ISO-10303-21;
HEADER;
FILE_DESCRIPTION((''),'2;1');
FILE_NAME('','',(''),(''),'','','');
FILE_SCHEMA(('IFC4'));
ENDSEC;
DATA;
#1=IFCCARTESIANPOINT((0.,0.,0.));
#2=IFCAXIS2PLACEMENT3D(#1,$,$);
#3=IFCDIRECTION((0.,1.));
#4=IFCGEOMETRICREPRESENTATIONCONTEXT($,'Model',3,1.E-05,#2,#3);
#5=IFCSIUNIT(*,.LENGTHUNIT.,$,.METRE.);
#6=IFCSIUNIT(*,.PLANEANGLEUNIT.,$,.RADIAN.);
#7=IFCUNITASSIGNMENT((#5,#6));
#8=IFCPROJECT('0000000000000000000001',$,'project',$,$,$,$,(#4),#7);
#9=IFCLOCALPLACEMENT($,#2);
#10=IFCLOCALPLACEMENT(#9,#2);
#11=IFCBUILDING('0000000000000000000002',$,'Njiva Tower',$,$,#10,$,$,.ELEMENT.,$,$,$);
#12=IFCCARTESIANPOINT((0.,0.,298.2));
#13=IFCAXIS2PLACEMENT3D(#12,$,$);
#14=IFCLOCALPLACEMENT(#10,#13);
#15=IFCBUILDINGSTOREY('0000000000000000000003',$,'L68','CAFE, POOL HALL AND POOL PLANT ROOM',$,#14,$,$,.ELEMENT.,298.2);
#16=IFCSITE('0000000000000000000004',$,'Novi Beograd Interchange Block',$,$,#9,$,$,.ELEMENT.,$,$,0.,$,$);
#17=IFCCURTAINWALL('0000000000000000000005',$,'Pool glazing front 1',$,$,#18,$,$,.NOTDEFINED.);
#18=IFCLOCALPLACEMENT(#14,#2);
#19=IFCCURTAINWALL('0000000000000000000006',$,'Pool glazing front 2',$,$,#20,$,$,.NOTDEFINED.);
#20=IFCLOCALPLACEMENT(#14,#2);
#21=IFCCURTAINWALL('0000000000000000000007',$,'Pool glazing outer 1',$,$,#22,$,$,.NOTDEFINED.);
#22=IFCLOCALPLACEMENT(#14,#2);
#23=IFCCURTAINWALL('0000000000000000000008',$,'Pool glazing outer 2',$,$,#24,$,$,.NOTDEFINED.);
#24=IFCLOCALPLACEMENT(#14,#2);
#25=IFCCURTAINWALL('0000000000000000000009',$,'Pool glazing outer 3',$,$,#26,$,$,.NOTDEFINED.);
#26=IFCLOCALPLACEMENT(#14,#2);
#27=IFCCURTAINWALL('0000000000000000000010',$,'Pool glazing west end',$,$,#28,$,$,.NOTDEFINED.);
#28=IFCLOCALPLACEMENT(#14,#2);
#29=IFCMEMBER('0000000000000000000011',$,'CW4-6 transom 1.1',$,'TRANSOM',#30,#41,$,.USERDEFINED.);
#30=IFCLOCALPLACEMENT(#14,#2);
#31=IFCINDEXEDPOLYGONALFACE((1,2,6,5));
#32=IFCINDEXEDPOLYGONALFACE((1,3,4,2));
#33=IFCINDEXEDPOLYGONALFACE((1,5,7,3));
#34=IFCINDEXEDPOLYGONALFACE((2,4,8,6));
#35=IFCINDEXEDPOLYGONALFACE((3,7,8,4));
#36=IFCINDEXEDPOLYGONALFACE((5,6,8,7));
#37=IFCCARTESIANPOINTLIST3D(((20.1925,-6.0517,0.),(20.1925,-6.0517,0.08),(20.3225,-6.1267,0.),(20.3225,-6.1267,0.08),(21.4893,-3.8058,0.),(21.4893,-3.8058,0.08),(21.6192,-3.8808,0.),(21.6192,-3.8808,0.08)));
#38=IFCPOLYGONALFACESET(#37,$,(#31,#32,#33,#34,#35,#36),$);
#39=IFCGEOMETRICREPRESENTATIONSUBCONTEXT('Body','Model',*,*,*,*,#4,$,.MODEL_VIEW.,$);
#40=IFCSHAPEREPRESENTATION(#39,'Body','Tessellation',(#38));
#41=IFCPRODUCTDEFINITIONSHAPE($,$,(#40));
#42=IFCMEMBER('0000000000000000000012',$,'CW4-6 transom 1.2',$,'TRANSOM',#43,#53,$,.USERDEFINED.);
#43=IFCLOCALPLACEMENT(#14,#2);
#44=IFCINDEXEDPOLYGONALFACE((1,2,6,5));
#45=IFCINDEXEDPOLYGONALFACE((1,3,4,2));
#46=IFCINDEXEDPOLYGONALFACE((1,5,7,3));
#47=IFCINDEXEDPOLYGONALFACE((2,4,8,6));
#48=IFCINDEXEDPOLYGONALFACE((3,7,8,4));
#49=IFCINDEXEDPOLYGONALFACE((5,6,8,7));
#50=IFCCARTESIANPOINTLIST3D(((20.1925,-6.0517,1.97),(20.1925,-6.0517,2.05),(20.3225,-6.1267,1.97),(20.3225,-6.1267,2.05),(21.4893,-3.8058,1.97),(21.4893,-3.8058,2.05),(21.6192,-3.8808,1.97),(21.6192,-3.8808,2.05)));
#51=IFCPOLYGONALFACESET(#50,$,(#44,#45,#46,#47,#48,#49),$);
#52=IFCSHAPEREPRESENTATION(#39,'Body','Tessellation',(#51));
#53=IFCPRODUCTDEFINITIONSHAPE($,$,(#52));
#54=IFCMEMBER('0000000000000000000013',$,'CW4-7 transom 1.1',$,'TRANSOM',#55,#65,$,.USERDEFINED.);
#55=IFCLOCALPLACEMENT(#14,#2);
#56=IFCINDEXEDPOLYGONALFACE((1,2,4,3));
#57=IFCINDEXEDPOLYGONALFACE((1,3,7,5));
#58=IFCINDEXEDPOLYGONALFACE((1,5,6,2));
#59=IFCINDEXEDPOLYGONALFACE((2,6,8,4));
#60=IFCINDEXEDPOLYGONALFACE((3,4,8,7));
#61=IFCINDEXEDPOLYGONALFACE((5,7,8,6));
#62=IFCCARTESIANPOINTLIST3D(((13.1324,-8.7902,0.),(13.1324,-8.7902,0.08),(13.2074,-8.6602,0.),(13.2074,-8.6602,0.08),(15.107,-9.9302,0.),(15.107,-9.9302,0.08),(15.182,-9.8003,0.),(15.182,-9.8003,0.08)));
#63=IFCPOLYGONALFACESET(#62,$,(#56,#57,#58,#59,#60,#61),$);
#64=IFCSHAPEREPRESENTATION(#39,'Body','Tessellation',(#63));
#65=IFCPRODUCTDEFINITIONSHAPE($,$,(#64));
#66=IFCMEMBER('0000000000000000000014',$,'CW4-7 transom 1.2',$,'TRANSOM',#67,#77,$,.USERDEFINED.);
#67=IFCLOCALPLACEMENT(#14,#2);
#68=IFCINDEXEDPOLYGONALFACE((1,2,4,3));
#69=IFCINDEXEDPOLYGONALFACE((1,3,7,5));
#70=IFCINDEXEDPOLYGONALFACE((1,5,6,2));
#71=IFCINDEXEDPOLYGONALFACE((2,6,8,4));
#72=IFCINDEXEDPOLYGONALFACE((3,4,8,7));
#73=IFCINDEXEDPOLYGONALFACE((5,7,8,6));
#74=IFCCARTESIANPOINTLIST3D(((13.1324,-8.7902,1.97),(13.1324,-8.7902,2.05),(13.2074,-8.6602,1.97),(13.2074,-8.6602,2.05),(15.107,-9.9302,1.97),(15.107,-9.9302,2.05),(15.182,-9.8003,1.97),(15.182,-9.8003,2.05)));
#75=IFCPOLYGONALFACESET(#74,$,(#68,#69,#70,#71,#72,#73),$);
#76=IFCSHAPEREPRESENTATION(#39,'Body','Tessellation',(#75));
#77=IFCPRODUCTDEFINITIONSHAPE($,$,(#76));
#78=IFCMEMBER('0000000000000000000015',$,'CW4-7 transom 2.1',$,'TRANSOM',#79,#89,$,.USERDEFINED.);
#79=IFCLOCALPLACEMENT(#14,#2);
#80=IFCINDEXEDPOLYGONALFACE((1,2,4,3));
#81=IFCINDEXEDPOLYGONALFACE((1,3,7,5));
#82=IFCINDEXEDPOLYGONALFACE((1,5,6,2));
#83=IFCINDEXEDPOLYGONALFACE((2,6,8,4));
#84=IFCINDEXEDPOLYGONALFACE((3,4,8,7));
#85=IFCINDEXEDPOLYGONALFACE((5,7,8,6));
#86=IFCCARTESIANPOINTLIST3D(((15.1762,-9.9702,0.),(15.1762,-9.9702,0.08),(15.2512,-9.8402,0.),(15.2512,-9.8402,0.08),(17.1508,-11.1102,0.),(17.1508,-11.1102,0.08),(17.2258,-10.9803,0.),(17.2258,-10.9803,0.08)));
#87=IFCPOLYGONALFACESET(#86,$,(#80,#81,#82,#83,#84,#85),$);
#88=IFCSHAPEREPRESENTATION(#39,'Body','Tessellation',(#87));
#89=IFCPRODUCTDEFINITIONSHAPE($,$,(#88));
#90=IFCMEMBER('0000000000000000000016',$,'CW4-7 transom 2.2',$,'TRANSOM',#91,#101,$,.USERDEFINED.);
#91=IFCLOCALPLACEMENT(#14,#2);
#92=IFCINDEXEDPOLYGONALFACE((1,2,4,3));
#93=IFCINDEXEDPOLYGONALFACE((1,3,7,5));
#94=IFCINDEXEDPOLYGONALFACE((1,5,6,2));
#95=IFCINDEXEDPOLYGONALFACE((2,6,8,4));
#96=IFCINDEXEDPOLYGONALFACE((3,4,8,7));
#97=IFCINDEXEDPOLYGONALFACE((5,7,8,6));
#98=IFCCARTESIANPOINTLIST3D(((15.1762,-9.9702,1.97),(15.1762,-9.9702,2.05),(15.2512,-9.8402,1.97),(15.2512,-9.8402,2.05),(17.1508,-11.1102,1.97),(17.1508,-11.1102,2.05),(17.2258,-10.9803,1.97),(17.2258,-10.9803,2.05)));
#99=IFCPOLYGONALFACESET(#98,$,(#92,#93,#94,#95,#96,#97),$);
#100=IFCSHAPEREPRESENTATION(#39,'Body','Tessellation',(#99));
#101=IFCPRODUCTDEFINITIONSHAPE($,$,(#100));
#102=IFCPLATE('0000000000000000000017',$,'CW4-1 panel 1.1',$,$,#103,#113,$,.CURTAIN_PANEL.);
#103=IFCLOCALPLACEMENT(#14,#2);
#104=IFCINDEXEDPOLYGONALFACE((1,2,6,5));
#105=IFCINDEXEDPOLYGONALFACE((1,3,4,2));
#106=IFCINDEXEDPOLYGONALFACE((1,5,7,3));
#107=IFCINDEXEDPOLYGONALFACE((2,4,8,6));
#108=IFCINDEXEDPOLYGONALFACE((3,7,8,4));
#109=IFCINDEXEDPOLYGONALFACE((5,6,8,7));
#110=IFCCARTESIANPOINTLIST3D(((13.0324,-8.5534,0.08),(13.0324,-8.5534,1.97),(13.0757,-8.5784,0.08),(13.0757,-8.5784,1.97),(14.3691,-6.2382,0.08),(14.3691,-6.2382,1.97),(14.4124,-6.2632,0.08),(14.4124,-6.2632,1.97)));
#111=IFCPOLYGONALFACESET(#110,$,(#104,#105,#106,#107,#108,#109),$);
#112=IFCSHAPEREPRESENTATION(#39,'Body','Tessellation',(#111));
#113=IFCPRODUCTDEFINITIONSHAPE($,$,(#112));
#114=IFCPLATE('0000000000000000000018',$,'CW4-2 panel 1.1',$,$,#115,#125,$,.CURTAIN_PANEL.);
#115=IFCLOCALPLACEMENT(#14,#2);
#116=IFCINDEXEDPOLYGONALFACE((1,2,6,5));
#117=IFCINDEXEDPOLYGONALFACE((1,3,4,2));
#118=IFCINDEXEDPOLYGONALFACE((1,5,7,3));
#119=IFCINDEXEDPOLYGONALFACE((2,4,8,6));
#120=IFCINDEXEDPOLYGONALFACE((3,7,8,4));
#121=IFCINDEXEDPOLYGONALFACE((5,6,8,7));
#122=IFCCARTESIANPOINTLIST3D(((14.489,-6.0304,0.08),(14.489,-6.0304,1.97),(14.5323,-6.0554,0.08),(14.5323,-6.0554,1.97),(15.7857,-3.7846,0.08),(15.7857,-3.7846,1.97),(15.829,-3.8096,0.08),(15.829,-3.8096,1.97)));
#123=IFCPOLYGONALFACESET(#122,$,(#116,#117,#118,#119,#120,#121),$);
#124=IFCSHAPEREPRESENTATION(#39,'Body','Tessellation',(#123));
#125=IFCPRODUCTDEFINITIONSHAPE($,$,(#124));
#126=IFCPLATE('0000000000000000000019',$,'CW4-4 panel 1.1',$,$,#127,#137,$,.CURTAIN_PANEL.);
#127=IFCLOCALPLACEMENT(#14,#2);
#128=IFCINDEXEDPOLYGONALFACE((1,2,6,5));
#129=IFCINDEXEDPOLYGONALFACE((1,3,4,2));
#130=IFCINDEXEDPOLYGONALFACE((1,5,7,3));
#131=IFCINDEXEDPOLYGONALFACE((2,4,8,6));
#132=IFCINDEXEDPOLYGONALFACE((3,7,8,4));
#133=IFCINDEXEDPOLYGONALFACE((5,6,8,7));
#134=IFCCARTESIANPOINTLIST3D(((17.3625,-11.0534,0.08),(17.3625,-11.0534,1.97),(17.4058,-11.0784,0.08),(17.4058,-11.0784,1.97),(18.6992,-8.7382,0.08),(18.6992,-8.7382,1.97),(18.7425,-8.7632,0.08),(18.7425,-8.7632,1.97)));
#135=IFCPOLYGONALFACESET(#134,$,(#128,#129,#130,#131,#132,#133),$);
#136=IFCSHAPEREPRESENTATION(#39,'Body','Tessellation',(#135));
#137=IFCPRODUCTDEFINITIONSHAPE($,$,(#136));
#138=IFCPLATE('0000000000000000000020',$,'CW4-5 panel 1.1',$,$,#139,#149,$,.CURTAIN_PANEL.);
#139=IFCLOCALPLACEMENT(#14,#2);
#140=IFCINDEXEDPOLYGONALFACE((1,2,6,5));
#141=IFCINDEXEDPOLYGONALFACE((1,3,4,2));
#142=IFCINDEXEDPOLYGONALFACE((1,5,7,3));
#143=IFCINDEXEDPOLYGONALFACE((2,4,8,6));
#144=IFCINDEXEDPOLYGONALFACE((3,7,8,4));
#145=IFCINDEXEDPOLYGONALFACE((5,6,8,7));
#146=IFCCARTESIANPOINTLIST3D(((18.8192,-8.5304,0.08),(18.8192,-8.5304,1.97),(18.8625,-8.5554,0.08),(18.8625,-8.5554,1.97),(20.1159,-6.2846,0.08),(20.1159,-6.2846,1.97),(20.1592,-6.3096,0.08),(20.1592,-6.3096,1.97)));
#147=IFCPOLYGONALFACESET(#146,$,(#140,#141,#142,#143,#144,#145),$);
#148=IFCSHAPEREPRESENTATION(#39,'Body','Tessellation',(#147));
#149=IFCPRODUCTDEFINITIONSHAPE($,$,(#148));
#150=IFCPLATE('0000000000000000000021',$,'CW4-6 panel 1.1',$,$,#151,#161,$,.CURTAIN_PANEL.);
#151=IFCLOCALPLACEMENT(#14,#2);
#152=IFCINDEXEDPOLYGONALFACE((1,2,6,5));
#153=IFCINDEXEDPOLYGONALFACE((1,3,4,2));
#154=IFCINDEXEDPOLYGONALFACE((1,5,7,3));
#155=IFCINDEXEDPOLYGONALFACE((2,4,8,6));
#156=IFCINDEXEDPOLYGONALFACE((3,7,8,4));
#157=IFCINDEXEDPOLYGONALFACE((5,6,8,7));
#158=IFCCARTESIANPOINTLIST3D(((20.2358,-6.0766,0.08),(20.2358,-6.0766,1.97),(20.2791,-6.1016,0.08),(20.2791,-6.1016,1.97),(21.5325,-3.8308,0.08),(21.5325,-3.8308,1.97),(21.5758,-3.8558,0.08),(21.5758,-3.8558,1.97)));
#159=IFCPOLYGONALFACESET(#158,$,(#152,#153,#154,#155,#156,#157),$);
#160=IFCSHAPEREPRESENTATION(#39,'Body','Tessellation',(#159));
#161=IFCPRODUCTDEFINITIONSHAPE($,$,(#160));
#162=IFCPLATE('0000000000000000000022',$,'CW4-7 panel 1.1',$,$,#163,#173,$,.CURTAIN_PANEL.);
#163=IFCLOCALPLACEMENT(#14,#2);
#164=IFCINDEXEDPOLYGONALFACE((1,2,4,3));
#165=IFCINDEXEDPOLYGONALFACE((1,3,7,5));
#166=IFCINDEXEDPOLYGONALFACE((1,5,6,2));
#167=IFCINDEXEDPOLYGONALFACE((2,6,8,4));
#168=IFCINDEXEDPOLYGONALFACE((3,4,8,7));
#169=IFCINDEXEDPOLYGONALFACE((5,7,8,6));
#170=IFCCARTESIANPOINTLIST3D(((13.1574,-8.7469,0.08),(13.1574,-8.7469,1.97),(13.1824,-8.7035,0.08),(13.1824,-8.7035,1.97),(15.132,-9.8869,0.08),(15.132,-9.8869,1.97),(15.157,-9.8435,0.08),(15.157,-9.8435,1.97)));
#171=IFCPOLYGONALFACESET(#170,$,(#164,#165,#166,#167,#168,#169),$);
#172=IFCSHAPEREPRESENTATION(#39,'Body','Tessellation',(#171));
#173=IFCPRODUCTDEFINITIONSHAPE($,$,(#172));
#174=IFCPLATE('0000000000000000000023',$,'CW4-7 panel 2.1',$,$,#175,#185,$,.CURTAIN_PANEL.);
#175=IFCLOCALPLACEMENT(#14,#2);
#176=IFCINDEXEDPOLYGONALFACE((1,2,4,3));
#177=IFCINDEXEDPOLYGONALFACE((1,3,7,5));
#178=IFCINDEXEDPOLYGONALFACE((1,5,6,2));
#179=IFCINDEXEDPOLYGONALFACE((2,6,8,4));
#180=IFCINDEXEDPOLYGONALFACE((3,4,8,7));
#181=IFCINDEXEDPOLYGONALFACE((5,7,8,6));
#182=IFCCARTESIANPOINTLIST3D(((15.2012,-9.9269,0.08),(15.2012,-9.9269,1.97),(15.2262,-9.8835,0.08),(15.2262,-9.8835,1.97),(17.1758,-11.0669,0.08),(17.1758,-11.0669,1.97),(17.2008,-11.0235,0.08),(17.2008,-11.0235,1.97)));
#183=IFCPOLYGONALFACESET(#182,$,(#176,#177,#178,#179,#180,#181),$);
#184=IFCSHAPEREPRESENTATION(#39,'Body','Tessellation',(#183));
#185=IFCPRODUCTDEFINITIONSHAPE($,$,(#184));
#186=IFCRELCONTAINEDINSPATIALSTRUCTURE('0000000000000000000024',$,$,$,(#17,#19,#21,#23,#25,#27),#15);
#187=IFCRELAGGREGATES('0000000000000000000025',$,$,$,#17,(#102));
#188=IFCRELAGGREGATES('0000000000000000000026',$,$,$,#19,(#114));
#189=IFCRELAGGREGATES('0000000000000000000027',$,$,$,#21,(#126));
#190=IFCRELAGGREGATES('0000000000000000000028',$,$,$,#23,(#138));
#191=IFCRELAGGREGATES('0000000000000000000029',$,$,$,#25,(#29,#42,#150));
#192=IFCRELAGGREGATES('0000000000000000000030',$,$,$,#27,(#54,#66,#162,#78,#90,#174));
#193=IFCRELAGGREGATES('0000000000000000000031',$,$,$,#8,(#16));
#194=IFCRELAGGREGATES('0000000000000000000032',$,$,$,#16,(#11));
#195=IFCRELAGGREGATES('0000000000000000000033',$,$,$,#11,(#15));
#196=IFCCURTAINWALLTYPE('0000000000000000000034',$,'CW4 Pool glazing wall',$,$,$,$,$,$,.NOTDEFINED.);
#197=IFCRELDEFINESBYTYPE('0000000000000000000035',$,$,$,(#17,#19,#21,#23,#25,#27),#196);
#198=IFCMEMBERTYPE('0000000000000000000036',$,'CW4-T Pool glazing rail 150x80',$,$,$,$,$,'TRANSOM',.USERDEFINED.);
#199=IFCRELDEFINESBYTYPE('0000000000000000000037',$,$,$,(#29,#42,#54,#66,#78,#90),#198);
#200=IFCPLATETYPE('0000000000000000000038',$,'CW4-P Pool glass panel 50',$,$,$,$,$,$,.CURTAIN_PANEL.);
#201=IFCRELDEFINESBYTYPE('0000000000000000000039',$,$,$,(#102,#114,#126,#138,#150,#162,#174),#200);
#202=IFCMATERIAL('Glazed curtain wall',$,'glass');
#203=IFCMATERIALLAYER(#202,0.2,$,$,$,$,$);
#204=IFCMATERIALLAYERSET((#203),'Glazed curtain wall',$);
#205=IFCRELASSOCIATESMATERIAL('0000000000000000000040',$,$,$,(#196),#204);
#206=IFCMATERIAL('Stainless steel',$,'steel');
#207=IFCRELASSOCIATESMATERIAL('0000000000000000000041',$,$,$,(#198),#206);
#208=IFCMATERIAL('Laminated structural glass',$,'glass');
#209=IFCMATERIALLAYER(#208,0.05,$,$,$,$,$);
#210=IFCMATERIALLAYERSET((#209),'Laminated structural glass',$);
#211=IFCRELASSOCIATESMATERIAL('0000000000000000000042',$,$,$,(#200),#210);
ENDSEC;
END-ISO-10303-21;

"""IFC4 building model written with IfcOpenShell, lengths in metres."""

from ifc_helpers import new_model, si_unit, direction, frame, origin, origin_2d, place, context, subcontext, project, spatial, rectangle, extrude, material, layer, layer_set, material_profile, profile_set, type_object, element, aggregate, save


model = new_model("IFC4")

# Units and contexts
model_context = context("Model", 3, precision=1e-05, world=origin(), true_north=direction((0.0, 1.0)))
body_context = subcontext(model_context, "Body", "Model", "MODEL_VIEW")
ifc_project = project(units=[si_unit("LENGTHUNIT", "METRE"), si_unit("PLANEANGLEUNIT", "RADIAN")], contexts=[model_context])

# Site, building, storey
site_placement = place(None, origin())
site = spatial("IfcSite", under=ifc_project, at=site_placement, Name="Novi Beograd Interchange Block", CompositionType="ELEMENT", RefElevation=0.0)
building_placement = place(site_placement, origin())
building = spatial("IfcBuilding", under=site, at=building_placement, Name="Njiva Tower", CompositionType="ELEMENT")
storey_placement = place(building_placement, frame((0.0, 0.0, 298.2)))
storey = spatial("IfcBuildingStorey", under=building, at=storey_placement, Name="L68", Description="CAFE, POOL HALL AND POOL PLANT ROOM", CompositionType="ELEMENT", Elevation=298.2)

# Curtain wall
ifc_material_1 = material(Name="Glazed curtain wall", Category="glass")
ifc_layer_1 = layer(ifc_material_1, 0.2)
ifc_layer_set_1 = layer_set([ifc_layer_1], Name="Glazed curtain wall")
curtain_wall_type = type_object("IfcCurtainWallType", Name="CW4 Pool glazing wall", PredefinedType="NOTDEFINED", material=ifc_layer_set_1)
curtain_wall_1_placement = place(storey_placement, origin())
curtain_wall_1 = element("IfcCurtainWall", 1, at=curtain_wall_1_placement, inside=storey, type_object=curtain_wall_type, Name="Pool glazing front 1", PredefinedType="NOTDEFINED")
ifc_material_2 = material(Name="Stainless steel", Category="steel")

# Curtain wall
curtain_wall_2_placement = place(storey_placement, origin())
curtain_wall_2 = element("IfcCurtainWall", 2, at=curtain_wall_2_placement, inside=storey, type_object=curtain_wall_type, Name="Pool glazing front 2", PredefinedType="NOTDEFINED")

# Curtain walls
curtain_wall_3_placement = place(storey_placement, origin())
curtain_wall_3 = element("IfcCurtainWall", 3, at=curtain_wall_3_placement, inside=storey, type_object=curtain_wall_type, Name="Pool glazing outer 1", PredefinedType="NOTDEFINED")
curtain_wall_4_placement = place(storey_placement, origin())
curtain_wall_4 = element("IfcCurtainWall", 4, at=curtain_wall_4_placement, inside=storey, type_object=curtain_wall_type, Name="Pool glazing outer 2", PredefinedType="NOTDEFINED")
curtain_wall_5_placement = place(storey_placement, origin())
curtain_wall_5 = element("IfcCurtainWall", 5, at=curtain_wall_5_placement, inside=storey, type_object=curtain_wall_type, Name="Pool glazing outer 3", PredefinedType="NOTDEFINED")
curtain_wall_6_placement = place(storey_placement, origin())
curtain_wall_6 = element("IfcCurtainWall", 6, at=curtain_wall_6_placement, inside=storey, type_object=curtain_wall_type, Name="Pool glazing west end", PredefinedType="NOTDEFINED")

# Members
ifc_material_profile_1 = material_profile(ifc_material_2, rectangle(XDim=0.15, YDim=0.08, at=origin_2d()), Name="RECT 150x80")
ifc_profile_set_1 = profile_set([ifc_material_profile_1], Name="Stainless steel")
member_type_1 = type_object("IfcMemberType", Name="CW4-T Pool glazing rail 150x80", ElementType="TRANSOM", PredefinedType="USERDEFINED", material=ifc_profile_set_1)
member_1_placement = place(storey_placement, frame((20.2575, -6.0892, 0.04), z_axis=(0.500008, 0.866021, 0.0), x_axis=(-0.866021, 0.500008, 0.0)))
member_1 = element("IfcMember", 7, at=member_1_placement, type_object=member_type_1, Name="CW4-6 transom 1.1", ObjectType="TRANSOM", PredefinedType="USERDEFINED", context=body_context, shape_type="SweptSolid", body=[
    extrude(rectangle(XDim=0.15, YDim=0.08, at=origin_2d()), origin(), (0.0, 0.0, 1.0), 2.5934),
])
member_2_placement = place(storey_placement, frame((20.2575, -6.0892, 2.01), z_axis=(0.500008, 0.866021, 0.0), x_axis=(-0.866021, 0.500008, 0.0)))
member_2 = element("IfcMember", 8, at=member_2_placement, type_object=member_type_1, Name="CW4-6 transom 1.2", ObjectType="TRANSOM", PredefinedType="USERDEFINED", context=body_context, shape_type="SweptSolid", body=[
    extrude(rectangle(XDim=0.15, YDim=0.08, at=origin_2d()), origin(), (0.0, 0.0, 1.0), 2.5934),
])
member_3_placement = place(storey_placement, frame((13.1699, -8.7252, 0.04), z_axis=(0.866032, -0.499988, 0.0), x_axis=(0.499988, 0.866032, 0.0)))
member_3 = element("IfcMember", 9, at=member_3_placement, type_object=member_type_1, Name="CW4-7 transom 1.1", ObjectType="TRANSOM", PredefinedType="USERDEFINED", context=body_context, shape_type="SweptSolid", body=[
    extrude(rectangle(XDim=0.15, YDim=0.08, at=origin_2d()), origin(), (0.0, 0.0, 1.0), 2.2801),
])
member_4_placement = place(storey_placement, frame((13.1699, -8.7252, 2.01), z_axis=(0.866032, -0.499988, 0.0), x_axis=(0.499988, 0.866032, 0.0)))
member_4 = element("IfcMember", 10, at=member_4_placement, type_object=member_type_1, Name="CW4-7 transom 1.2", ObjectType="TRANSOM", PredefinedType="USERDEFINED", context=body_context, shape_type="SweptSolid", body=[
    extrude(rectangle(XDim=0.15, YDim=0.08, at=origin_2d()), origin(), (0.0, 0.0, 1.0), 2.2801),
])
member_5_placement = place(storey_placement, frame((15.2137, -9.9052, 0.04), z_axis=(0.866032, -0.499988, 0.0), x_axis=(0.499988, 0.866032, 0.0)))
member_5 = element("IfcMember", 11, at=member_5_placement, type_object=member_type_1, Name="CW4-7 transom 2.1", ObjectType="TRANSOM", PredefinedType="USERDEFINED", context=body_context, shape_type="SweptSolid", body=[
    extrude(rectangle(XDim=0.15, YDim=0.08, at=origin_2d()), origin(), (0.0, 0.0, 1.0), 2.2801),
])
member_6_placement = place(storey_placement, frame((15.2137, -9.9052, 2.01), z_axis=(0.866032, -0.499988, 0.0), x_axis=(0.499988, 0.866032, 0.0)))
member_6 = element("IfcMember", 12, at=member_6_placement, type_object=member_type_1, Name="CW4-7 transom 2.2", ObjectType="TRANSOM", PredefinedType="USERDEFINED", context=body_context, shape_type="SweptSolid", body=[
    extrude(rectangle(XDim=0.15, YDim=0.08, at=origin_2d()), origin(), (0.0, 0.0, 1.0), 2.2801),
])

# Plates
ifc_material_3 = material(Name="Laminated structural glass", Category="glass")
ifc_layer_2 = layer(ifc_material_3, 0.05)
ifc_layer_set_2 = layer_set([ifc_layer_2], Name="Laminated structural glass")
plate_type = type_object("IfcPlateType", Name="CW4-P Pool glass panel 50", PredefinedType="CURTAIN_PANEL", material=ifc_layer_set_2)
plate_1_placement = place(storey_placement, frame((13.7224, -7.4083, 0.08), z_axis=(0.0, 0.0, 1.0), x_axis=(0.5, 0.866025, 0.0)))
plate_1 = element("IfcPlate", 13, at=plate_1_placement, type_object=plate_type, Name="CW4-1 panel 1.1", PredefinedType="CURTAIN_PANEL", context=body_context, shape_type="SweptSolid", body=[
    extrude(rectangle(XDim=2.6733, YDim=0.05, at=origin_2d()), origin(), (0.0, 0.0, 1.0), 1.89),
])
aggregate(curtain_wall_1, [plate_1])
plate_2_placement = place(storey_placement, frame((15.159, -4.92, 0.08), z_axis=(0.0, 0.0, 1.0), x_axis=(0.5, 0.866025, 0.0)))
plate_2 = element("IfcPlate", 14, at=plate_2_placement, type_object=plate_type, Name="CW4-2 panel 1.1", PredefinedType="CURTAIN_PANEL", context=body_context, shape_type="SweptSolid", body=[
    extrude(rectangle(XDim=2.5933, YDim=0.05, at=origin_2d()), origin(), (0.0, 0.0, 1.0), 1.89),
])
aggregate(curtain_wall_2, [plate_2])
plate_3_placement = place(storey_placement, frame((18.0525, -9.9083, 0.08), z_axis=(0.0, 0.0, 1.0), x_axis=(0.5, 0.866025, 0.0)))
plate_3 = element("IfcPlate", 15, at=plate_3_placement, type_object=plate_type, Name="CW4-4 panel 1.1", PredefinedType="CURTAIN_PANEL", context=body_context, shape_type="SweptSolid", body=[
    extrude(rectangle(XDim=2.6733, YDim=0.05, at=origin_2d()), origin(), (0.0, 0.0, 1.0), 1.89),
])
aggregate(curtain_wall_3, [plate_3])
plate_4_placement = place(storey_placement, frame((19.4892, -7.42, 0.08), z_axis=(0.0, 0.0, 1.0), x_axis=(0.5, 0.866025, 0.0)))
plate_4 = element("IfcPlate", 16, at=plate_4_placement, type_object=plate_type, Name="CW4-5 panel 1.1", PredefinedType="CURTAIN_PANEL", context=body_context, shape_type="SweptSolid", body=[
    extrude(rectangle(XDim=2.5933, YDim=0.05, at=origin_2d()), origin(), (0.0, 0.0, 1.0), 1.89),
])
aggregate(curtain_wall_4, [plate_4])
plate_5_placement = place(storey_placement, frame((20.9058, -4.9662, 0.08), z_axis=(0.0, 0.0, 1.0), x_axis=(0.5, 0.866025, 0.0)))
plate_5 = element("IfcPlate", 17, at=plate_5_placement, type_object=plate_type, Name="CW4-6 panel 1.1", PredefinedType="CURTAIN_PANEL", context=body_context, shape_type="SweptSolid", body=[
    extrude(rectangle(XDim=2.5933, YDim=0.05, at=origin_2d()), origin(), (0.0, 0.0, 1.0), 1.89),
])
aggregate(curtain_wall_5, [member_1, member_2, plate_5])
plate_6_placement = place(storey_placement, frame((14.1572, -9.2952, 0.08), z_axis=(0.0, 0.0, 1.0), x_axis=(0.866025, -0.5, 0.0)))
plate_6 = element("IfcPlate", 18, at=plate_6_placement, type_object=plate_type, Name="CW4-7 panel 1.1", PredefinedType="CURTAIN_PANEL", context=body_context, shape_type="SweptSolid", body=[
    extrude(rectangle(XDim=2.28, YDim=0.05, at=origin_2d()), origin(), (0.0, 0.0, 1.0), 1.89),
])
plate_7_placement = place(storey_placement, frame((16.201, -10.4752, 0.08), z_axis=(0.0, 0.0, 1.0), x_axis=(0.866025, -0.5, 0.0)))
plate_7 = element("IfcPlate", 19, at=plate_7_placement, type_object=plate_type, Name="CW4-7 panel 2.1", PredefinedType="CURTAIN_PANEL", context=body_context, shape_type="SweptSolid", body=[
    extrude(rectangle(XDim=2.28, YDim=0.05, at=origin_2d()), origin(), (0.0, 0.0, 1.0), 1.89),
])
aggregate(curtain_wall_6, [member_3, member_4, plate_6, member_5, member_6, plate_7])

save(model, "model.ifc")
